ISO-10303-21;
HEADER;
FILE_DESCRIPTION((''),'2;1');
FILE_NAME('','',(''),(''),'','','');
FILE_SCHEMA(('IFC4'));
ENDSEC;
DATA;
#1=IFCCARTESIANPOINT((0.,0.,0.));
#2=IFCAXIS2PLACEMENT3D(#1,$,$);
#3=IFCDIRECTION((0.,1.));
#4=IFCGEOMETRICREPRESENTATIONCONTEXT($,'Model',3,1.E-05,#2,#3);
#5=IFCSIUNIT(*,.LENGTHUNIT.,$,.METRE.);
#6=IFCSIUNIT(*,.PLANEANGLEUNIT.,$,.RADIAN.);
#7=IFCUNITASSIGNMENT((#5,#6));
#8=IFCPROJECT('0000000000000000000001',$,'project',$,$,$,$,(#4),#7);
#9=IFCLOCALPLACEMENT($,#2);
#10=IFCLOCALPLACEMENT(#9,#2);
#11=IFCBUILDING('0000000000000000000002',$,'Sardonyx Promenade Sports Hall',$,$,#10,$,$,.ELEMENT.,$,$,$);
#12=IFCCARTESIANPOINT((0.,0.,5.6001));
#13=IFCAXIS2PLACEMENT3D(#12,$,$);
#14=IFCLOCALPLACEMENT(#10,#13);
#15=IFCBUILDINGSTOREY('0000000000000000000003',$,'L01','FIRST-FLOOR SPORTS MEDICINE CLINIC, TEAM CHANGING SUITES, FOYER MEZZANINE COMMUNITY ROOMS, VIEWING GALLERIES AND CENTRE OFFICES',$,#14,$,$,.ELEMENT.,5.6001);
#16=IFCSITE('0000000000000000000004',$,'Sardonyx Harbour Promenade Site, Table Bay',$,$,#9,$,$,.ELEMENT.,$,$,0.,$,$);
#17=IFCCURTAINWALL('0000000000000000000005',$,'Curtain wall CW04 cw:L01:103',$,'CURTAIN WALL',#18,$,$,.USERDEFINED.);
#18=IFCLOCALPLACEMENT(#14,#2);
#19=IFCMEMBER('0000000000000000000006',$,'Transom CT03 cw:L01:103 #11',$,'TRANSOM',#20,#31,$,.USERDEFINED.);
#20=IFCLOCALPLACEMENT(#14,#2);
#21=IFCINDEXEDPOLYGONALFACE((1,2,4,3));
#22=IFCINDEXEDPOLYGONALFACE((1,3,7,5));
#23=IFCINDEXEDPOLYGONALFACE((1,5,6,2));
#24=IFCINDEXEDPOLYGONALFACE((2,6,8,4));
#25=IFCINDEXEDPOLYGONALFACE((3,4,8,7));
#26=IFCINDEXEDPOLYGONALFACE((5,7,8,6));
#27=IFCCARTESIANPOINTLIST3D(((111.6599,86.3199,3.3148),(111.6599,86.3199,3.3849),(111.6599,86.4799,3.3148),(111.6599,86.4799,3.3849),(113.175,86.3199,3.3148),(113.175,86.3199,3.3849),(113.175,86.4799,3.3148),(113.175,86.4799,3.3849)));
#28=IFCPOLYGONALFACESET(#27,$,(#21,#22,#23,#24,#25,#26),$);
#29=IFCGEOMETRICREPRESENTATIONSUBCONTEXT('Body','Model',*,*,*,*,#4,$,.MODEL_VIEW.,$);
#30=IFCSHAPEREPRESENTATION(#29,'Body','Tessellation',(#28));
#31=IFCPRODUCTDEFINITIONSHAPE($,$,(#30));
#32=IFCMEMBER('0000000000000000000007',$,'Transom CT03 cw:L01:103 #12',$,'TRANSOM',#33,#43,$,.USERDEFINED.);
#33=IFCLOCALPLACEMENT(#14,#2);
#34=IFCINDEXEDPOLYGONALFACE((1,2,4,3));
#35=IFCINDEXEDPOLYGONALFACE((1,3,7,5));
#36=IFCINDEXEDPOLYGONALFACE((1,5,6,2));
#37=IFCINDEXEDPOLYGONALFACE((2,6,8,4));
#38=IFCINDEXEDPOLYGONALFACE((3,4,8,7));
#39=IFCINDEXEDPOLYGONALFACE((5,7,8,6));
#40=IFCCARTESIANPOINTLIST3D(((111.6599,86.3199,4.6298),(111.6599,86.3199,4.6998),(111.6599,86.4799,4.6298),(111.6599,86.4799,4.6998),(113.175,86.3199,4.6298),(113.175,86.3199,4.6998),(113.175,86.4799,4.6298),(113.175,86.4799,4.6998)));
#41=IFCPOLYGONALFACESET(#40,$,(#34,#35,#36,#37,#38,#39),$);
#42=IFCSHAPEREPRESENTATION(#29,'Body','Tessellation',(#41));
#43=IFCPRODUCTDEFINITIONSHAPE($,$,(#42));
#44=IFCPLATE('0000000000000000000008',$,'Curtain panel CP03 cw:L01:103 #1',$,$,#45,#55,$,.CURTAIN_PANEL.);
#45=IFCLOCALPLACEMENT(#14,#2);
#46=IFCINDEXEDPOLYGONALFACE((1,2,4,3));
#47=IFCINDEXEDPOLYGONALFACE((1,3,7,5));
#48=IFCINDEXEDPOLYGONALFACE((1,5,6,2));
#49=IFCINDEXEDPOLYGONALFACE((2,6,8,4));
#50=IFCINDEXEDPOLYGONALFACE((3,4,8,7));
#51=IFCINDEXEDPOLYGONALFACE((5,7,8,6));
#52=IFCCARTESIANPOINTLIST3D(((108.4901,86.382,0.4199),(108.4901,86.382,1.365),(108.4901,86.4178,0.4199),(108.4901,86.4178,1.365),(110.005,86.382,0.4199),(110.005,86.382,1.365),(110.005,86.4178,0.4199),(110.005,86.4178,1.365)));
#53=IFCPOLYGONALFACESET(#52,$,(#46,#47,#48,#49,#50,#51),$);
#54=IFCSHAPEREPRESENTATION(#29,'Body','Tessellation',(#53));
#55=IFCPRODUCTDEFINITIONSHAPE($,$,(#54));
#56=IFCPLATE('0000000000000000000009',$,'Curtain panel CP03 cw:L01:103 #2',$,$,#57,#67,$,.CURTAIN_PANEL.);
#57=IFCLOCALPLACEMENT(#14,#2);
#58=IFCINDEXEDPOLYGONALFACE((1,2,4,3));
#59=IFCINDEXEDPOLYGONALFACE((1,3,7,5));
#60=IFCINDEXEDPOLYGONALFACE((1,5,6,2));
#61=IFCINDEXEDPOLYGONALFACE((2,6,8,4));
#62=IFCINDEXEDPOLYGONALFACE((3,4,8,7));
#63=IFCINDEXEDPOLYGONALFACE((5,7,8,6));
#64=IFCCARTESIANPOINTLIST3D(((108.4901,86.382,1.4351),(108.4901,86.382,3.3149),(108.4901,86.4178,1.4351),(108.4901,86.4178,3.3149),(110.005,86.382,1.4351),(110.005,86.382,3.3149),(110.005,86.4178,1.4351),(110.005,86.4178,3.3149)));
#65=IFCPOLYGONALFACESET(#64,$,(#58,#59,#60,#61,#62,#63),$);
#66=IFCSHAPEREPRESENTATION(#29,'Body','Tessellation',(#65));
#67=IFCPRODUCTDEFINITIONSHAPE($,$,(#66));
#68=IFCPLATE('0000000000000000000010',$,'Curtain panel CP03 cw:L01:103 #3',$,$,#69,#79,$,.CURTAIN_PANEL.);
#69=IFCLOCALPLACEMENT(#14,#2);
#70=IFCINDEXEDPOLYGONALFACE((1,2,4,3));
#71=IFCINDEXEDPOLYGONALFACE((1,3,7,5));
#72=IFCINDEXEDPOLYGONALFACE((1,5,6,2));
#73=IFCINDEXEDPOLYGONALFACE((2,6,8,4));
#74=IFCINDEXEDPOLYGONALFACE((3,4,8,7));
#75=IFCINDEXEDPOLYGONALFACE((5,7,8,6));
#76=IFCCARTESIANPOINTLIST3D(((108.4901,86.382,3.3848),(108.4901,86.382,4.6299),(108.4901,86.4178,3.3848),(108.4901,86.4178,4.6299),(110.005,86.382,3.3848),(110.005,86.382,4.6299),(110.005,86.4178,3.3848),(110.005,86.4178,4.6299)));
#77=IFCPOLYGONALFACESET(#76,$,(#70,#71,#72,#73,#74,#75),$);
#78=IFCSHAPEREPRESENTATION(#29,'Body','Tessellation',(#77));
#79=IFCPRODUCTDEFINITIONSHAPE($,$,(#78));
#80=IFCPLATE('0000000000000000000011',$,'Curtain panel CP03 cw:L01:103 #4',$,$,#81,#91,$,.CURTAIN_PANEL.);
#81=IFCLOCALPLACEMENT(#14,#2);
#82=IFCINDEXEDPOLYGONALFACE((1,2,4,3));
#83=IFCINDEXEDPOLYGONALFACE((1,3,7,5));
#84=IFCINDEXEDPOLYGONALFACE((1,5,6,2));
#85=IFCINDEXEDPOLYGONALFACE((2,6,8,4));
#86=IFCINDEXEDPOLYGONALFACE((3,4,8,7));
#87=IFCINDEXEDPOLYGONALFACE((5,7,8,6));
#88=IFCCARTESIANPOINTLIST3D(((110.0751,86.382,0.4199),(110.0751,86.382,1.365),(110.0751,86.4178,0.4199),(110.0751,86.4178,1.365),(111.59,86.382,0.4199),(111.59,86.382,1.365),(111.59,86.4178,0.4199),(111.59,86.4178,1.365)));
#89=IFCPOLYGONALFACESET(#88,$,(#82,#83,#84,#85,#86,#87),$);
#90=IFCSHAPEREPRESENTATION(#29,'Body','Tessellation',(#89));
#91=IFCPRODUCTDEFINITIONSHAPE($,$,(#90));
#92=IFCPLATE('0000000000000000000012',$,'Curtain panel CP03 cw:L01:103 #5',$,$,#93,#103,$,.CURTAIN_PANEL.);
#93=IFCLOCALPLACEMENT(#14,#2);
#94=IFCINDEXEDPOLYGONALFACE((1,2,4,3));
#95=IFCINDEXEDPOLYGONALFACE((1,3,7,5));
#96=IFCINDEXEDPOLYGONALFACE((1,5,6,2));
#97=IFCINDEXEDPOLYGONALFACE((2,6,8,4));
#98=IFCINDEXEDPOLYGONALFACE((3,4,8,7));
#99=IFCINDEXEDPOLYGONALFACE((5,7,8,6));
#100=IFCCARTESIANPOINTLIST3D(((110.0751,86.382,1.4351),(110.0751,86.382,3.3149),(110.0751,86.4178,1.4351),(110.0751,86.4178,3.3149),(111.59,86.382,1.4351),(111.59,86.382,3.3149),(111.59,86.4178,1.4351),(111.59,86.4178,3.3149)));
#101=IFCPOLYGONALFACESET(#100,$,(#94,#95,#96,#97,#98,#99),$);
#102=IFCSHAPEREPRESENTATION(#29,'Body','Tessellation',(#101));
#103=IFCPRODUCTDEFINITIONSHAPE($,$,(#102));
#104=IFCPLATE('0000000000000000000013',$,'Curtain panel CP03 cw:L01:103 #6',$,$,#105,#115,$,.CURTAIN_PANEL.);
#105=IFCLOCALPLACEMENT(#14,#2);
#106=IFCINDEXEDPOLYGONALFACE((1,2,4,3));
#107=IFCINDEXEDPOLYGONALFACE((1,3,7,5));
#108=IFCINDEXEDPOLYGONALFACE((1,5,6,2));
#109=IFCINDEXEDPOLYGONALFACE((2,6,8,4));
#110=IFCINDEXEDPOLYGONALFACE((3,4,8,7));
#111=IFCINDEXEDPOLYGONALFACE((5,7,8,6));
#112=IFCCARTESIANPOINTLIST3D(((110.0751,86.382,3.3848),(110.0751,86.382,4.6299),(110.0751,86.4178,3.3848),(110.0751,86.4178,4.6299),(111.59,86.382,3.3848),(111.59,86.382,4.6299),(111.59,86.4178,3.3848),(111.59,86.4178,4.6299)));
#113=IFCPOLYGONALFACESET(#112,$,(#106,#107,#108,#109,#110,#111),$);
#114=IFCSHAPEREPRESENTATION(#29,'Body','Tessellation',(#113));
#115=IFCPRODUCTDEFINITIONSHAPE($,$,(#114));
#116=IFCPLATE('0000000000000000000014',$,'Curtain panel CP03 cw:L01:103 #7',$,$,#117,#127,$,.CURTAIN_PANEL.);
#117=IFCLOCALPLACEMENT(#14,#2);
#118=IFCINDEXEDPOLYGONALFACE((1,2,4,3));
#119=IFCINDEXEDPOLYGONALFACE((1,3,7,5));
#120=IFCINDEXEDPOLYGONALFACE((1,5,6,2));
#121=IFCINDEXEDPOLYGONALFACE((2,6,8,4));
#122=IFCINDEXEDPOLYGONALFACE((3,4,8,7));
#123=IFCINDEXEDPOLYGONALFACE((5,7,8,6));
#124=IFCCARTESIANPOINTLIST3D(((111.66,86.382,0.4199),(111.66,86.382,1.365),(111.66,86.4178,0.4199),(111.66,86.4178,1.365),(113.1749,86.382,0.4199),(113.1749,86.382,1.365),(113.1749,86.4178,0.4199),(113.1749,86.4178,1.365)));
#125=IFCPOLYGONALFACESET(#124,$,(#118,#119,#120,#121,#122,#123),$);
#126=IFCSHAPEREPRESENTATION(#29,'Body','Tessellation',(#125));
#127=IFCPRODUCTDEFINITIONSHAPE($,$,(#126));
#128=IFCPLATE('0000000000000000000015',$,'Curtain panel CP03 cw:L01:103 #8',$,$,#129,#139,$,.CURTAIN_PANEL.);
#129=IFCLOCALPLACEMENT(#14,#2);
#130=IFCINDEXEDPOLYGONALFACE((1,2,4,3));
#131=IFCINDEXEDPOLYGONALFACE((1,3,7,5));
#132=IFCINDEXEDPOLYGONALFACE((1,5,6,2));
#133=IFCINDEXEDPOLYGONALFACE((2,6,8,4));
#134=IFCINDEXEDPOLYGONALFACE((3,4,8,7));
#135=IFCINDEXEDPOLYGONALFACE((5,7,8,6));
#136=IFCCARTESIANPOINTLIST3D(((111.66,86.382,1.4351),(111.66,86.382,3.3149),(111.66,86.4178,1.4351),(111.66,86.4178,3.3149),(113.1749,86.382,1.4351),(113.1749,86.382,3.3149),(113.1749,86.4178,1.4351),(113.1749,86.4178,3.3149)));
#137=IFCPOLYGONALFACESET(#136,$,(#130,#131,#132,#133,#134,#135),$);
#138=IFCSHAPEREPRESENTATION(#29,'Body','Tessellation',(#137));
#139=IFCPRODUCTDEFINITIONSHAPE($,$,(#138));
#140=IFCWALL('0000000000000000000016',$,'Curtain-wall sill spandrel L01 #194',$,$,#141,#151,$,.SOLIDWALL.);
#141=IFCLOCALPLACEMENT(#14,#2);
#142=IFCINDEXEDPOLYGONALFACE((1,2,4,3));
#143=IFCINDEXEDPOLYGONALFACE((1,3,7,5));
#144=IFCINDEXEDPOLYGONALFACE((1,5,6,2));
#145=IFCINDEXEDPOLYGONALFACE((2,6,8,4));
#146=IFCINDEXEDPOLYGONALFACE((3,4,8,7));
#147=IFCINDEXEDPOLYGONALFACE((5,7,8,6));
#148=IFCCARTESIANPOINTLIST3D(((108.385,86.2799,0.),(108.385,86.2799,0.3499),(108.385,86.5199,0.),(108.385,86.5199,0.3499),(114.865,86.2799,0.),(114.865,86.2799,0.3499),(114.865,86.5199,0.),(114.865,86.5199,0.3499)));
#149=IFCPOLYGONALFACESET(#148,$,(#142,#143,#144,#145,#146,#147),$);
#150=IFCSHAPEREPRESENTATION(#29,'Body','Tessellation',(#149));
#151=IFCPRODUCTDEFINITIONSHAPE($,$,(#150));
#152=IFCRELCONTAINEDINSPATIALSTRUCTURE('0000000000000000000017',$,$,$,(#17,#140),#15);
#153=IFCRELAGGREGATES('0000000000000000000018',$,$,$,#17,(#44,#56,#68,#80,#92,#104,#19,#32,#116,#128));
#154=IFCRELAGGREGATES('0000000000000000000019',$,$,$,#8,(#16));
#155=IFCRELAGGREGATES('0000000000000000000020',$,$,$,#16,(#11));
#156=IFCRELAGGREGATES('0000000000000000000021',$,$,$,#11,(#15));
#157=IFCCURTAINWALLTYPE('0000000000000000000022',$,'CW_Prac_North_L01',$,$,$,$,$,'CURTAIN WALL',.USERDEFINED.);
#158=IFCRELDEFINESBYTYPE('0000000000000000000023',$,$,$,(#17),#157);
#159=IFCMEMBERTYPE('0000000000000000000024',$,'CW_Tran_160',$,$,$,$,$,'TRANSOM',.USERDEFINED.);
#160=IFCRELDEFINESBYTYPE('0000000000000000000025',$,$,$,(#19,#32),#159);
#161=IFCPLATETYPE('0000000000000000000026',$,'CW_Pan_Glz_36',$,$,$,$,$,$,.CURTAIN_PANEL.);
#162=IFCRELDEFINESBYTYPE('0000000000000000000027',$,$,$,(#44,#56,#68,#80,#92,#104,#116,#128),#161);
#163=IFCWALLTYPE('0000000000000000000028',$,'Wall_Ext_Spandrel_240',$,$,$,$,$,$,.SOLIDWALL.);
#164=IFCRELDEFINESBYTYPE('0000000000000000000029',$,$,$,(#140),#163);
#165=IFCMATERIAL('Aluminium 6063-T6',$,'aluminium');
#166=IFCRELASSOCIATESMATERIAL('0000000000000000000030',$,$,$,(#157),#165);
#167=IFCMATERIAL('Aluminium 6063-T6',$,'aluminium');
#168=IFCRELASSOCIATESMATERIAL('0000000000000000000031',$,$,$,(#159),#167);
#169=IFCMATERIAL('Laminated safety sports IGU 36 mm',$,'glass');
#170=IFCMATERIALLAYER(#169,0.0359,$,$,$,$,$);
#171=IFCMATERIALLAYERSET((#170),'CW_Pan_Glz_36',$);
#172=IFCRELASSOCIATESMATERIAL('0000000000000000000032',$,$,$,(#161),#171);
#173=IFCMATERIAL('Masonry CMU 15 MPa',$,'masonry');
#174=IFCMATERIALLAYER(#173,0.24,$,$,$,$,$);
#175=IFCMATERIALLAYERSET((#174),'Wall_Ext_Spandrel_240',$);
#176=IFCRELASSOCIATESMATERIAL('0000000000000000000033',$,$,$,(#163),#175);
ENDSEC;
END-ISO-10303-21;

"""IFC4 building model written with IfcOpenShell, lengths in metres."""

from ifc_helpers import new_model, si_unit, direction, frame, frame_2d, origin, origin_2d, place, context, subcontext, project, spatial, rectangle, extrude, material, layer, layer_set, material_profile, profile_set, type_object, element, aggregate, save


model = new_model("IFC4")

# Units and contexts
model_context = context("Model", 3, precision=1e-05, world=origin(), true_north=direction((0.0, 1.0)))
body_context = subcontext(model_context, "Body", "Model", "MODEL_VIEW")
ifc_project = project(units=[si_unit("LENGTHUNIT", "METRE"), si_unit("PLANEANGLEUNIT", "RADIAN")], contexts=[model_context])

# Site, building, storey
site_placement = place(None, origin())
site = spatial("IfcSite", under=ifc_project, at=site_placement, Name="Sardonyx Harbour Promenade Site, Table Bay", CompositionType="ELEMENT", RefElevation=0.0)
building_placement = place(site_placement, origin())
building = spatial("IfcBuilding", under=site, at=building_placement, Name="Sardonyx Promenade Sports Hall", CompositionType="ELEMENT")
storey_placement = place(building_placement, frame((0.0, 0.0, 5.6001)))
storey = spatial("IfcBuildingStorey", under=building, at=storey_placement, Name="L01", Description="FIRST-FLOOR SPORTS MEDICINE CLINIC, TEAM CHANGING SUITES, FOYER MEZZANINE COMMUNITY ROOMS, VIEWING GALLERIES AND CENTRE OFFICES", CompositionType="ELEMENT", Elevation=5.6001)

# Curtain wall, members, plates
ifc_material_1 = material(Name="Aluminium 6063-T6", Category="aluminium")
curtain_wall_type = type_object("IfcCurtainWallType", Name="CW_Prac_North_L01", ElementType="CURTAIN WALL", PredefinedType="USERDEFINED", material=ifc_material_1)
curtain_wall_placement = place(storey_placement, origin())
curtain_wall = element("IfcCurtainWall", 1, at=curtain_wall_placement, inside=storey, type_object=curtain_wall_type, Name="Curtain wall CW04 cw:L01:103", ObjectType="CURTAIN WALL", PredefinedType="USERDEFINED")
ifc_material_2 = material(Name="Aluminium 6063-T6", Category="aluminium")
ifc_material_profile_1 = material_profile(ifc_material_2, rectangle(XDim=0.0701, YDim=0.1599, at=origin_2d()))
ifc_profile_set_1 = profile_set([ifc_material_profile_1], Name="Aluminium 6063-T6")
member_type_1 = type_object("IfcMemberType", Name="CW_Tran_160", ElementType="TRANSOM", PredefinedType="USERDEFINED", material=ifc_profile_set_1)
member_1_placement = place(storey_placement, frame((111.6599, 86.3999, 3.3499), z_axis=(1.0, 0.0, 0.0), x_axis=(0.0, 0.0, 1.0)))
member_1 = element("IfcMember", 2, at=member_1_placement, type_object=member_type_1, Name="Transom CT03 cw:L01:103 #11", ObjectType="TRANSOM", PredefinedType="USERDEFINED", context=body_context, shape_type="SweptSolid", body=[
    extrude(rectangle(XDim=0.0701, YDim=0.1599, at=origin_2d()), origin(), (0.0, 0.0, 1.0), 1.5151),
])
member_2_placement = place(storey_placement, frame((111.6599, 86.3999, 4.6648), z_axis=(1.0, 0.0, 0.0), x_axis=(0.0, 0.0, 1.0)))
member_2 = element("IfcMember", 3, at=member_2_placement, type_object=member_type_1, Name="Transom CT03 cw:L01:103 #12", ObjectType="TRANSOM", PredefinedType="USERDEFINED", context=body_context, shape_type="SweptSolid", body=[
    extrude(rectangle(XDim=0.0701, YDim=0.1599, at=origin_2d()), origin(), (0.0, 0.0, 1.0), 1.5151),
])
ifc_material_3 = material(Name="Laminated safety sports IGU 36 mm", Category="glass")
ifc_layer_1 = layer(ifc_material_3, 0.0359)
ifc_layer_set_1 = layer_set([ifc_layer_1], Name="CW_Pan_Glz_36")
plate_type = type_object("IfcPlateType", Name="CW_Pan_Glz_36", PredefinedType="CURTAIN_PANEL", material=ifc_layer_set_1)
plate_1_placement = place(storey_placement, frame((109.2476, 86.3999, 0.4199), z_axis=(0.0, 0.0, 1.0), x_axis=(1.0, 0.0, 0.0)))
plate_1 = element("IfcPlate", 4, at=plate_1_placement, type_object=plate_type, Name="Curtain panel CP03 cw:L01:103 #1", PredefinedType="CURTAIN_PANEL", context=body_context, shape_type="SweptSolid", body=[
    extrude(rectangle(XDim=1.5149, YDim=0.0359, at=origin_2d()), origin(), (0.0, 0.0, 1.0), 0.9451),
])
plate_2_placement = place(storey_placement, frame((109.2476, 86.3999, 1.4351), z_axis=(0.0, 0.0, 1.0), x_axis=(1.0, 0.0, 0.0)))
plate_2 = element("IfcPlate", 5, at=plate_2_placement, type_object=plate_type, Name="Curtain panel CP03 cw:L01:103 #2", PredefinedType="CURTAIN_PANEL", context=body_context, shape_type="SweptSolid", body=[
    extrude(rectangle(XDim=1.5149, YDim=0.0359, at=origin_2d()), origin(), (0.0, 0.0, 1.0), 1.8799),
])
plate_3_placement = place(storey_placement, frame((109.2476, 86.3999, 3.3848), z_axis=(0.0, 0.0, 1.0), x_axis=(1.0, 0.0, 0.0)))
plate_3 = element("IfcPlate", 6, at=plate_3_placement, type_object=plate_type, Name="Curtain panel CP03 cw:L01:103 #3", PredefinedType="CURTAIN_PANEL", context=body_context, shape_type="SweptSolid", body=[
    extrude(rectangle(XDim=1.5149, YDim=0.0359, at=origin_2d()), origin(), (0.0, 0.0, 1.0), 1.2451),
])
plate_4_placement = place(storey_placement, frame((110.8325, 86.3999, 0.4199), z_axis=(0.0, 0.0, 1.0), x_axis=(1.0, 0.0, 0.0)))
plate_4 = element("IfcPlate", 7, at=plate_4_placement, type_object=plate_type, Name="Curtain panel CP03 cw:L01:103 #4", PredefinedType="CURTAIN_PANEL", context=body_context, shape_type="SweptSolid", body=[
    extrude(rectangle(XDim=1.5149, YDim=0.0359, at=origin_2d()), origin(), (0.0, 0.0, 1.0), 0.9451),
])
plate_5_placement = place(storey_placement, frame((110.8325, 86.3999, 1.4351), z_axis=(0.0, 0.0, 1.0), x_axis=(1.0, 0.0, 0.0)))
plate_5 = element("IfcPlate", 8, at=plate_5_placement, type_object=plate_type, Name="Curtain panel CP03 cw:L01:103 #5", PredefinedType="CURTAIN_PANEL", context=body_context, shape_type="SweptSolid", body=[
    extrude(rectangle(XDim=1.5149, YDim=0.0359, at=origin_2d()), origin(), (0.0, 0.0, 1.0), 1.8799),
])
plate_6_placement = place(storey_placement, frame((110.8325, 86.3999, 3.3848), z_axis=(0.0, 0.0, 1.0), x_axis=(1.0, 0.0, 0.0)))
plate_6 = element("IfcPlate", 9, at=plate_6_placement, type_object=plate_type, Name="Curtain panel CP03 cw:L01:103 #6", PredefinedType="CURTAIN_PANEL", context=body_context, shape_type="SweptSolid", body=[
    extrude(rectangle(XDim=1.5149, YDim=0.0359, at=origin_2d()), origin(), (0.0, 0.0, 1.0), 1.2451),
])
plate_7_placement = place(storey_placement, frame((112.4175, 86.3999, 0.4199), z_axis=(0.0, 0.0, 1.0), x_axis=(1.0, 0.0, 0.0)))
plate_7 = element("IfcPlate", 10, at=plate_7_placement, type_object=plate_type, Name="Curtain panel CP03 cw:L01:103 #7", PredefinedType="CURTAIN_PANEL", context=body_context, shape_type="SweptSolid", body=[
    extrude(rectangle(XDim=1.5149, YDim=0.0359, at=origin_2d()), origin(), (0.0, 0.0, 1.0), 0.9451),
])
plate_8_placement = place(storey_placement, frame((112.4175, 86.3999, 1.4351), z_axis=(0.0, 0.0, 1.0), x_axis=(1.0, 0.0, 0.0)))
plate_8 = element("IfcPlate", 11, at=plate_8_placement, type_object=plate_type, Name="Curtain panel CP03 cw:L01:103 #8", PredefinedType="CURTAIN_PANEL", context=body_context, shape_type="SweptSolid", body=[
    extrude(rectangle(XDim=1.5149, YDim=0.0359, at=origin_2d()), origin(), (0.0, 0.0, 1.0), 1.8799),
])
aggregate(curtain_wall, [plate_1, plate_2, plate_3, plate_4, plate_5, plate_6, member_1, member_2, plate_7, plate_8])

# Wall
ifc_material_4 = material(Name="Masonry CMU 15 MPa", Category="masonry")
ifc_layer_2 = layer(ifc_material_4, 0.24)
ifc_layer_set_2 = layer_set([ifc_layer_2], Name="Wall_Ext_Spandrel_240")
wall_type = type_object("IfcWallType", Name="Wall_Ext_Spandrel_240", PredefinedType="SOLIDWALL", material=ifc_layer_set_2)
wall_placement = place(storey_placement, frame((108.385, 86.3999, 0.0), z_axis=(0.0, 0.0, 1.0), x_axis=(1.0, 0.0, 0.0)))
element("IfcWall", 12, at=wall_placement, inside=storey, type_object=wall_type, Name="Curtain-wall sill spandrel L01 #194", PredefinedType="SOLIDWALL", context=body_context, shape_type="SweptSolid", body=[
    extrude(rectangle(XDim=6.48, YDim=0.24, at=frame_2d((3.24, 0.0))), origin(), (0.0, 0.0, 1.0), 0.3499),
])

save(model, "model.ifc")
